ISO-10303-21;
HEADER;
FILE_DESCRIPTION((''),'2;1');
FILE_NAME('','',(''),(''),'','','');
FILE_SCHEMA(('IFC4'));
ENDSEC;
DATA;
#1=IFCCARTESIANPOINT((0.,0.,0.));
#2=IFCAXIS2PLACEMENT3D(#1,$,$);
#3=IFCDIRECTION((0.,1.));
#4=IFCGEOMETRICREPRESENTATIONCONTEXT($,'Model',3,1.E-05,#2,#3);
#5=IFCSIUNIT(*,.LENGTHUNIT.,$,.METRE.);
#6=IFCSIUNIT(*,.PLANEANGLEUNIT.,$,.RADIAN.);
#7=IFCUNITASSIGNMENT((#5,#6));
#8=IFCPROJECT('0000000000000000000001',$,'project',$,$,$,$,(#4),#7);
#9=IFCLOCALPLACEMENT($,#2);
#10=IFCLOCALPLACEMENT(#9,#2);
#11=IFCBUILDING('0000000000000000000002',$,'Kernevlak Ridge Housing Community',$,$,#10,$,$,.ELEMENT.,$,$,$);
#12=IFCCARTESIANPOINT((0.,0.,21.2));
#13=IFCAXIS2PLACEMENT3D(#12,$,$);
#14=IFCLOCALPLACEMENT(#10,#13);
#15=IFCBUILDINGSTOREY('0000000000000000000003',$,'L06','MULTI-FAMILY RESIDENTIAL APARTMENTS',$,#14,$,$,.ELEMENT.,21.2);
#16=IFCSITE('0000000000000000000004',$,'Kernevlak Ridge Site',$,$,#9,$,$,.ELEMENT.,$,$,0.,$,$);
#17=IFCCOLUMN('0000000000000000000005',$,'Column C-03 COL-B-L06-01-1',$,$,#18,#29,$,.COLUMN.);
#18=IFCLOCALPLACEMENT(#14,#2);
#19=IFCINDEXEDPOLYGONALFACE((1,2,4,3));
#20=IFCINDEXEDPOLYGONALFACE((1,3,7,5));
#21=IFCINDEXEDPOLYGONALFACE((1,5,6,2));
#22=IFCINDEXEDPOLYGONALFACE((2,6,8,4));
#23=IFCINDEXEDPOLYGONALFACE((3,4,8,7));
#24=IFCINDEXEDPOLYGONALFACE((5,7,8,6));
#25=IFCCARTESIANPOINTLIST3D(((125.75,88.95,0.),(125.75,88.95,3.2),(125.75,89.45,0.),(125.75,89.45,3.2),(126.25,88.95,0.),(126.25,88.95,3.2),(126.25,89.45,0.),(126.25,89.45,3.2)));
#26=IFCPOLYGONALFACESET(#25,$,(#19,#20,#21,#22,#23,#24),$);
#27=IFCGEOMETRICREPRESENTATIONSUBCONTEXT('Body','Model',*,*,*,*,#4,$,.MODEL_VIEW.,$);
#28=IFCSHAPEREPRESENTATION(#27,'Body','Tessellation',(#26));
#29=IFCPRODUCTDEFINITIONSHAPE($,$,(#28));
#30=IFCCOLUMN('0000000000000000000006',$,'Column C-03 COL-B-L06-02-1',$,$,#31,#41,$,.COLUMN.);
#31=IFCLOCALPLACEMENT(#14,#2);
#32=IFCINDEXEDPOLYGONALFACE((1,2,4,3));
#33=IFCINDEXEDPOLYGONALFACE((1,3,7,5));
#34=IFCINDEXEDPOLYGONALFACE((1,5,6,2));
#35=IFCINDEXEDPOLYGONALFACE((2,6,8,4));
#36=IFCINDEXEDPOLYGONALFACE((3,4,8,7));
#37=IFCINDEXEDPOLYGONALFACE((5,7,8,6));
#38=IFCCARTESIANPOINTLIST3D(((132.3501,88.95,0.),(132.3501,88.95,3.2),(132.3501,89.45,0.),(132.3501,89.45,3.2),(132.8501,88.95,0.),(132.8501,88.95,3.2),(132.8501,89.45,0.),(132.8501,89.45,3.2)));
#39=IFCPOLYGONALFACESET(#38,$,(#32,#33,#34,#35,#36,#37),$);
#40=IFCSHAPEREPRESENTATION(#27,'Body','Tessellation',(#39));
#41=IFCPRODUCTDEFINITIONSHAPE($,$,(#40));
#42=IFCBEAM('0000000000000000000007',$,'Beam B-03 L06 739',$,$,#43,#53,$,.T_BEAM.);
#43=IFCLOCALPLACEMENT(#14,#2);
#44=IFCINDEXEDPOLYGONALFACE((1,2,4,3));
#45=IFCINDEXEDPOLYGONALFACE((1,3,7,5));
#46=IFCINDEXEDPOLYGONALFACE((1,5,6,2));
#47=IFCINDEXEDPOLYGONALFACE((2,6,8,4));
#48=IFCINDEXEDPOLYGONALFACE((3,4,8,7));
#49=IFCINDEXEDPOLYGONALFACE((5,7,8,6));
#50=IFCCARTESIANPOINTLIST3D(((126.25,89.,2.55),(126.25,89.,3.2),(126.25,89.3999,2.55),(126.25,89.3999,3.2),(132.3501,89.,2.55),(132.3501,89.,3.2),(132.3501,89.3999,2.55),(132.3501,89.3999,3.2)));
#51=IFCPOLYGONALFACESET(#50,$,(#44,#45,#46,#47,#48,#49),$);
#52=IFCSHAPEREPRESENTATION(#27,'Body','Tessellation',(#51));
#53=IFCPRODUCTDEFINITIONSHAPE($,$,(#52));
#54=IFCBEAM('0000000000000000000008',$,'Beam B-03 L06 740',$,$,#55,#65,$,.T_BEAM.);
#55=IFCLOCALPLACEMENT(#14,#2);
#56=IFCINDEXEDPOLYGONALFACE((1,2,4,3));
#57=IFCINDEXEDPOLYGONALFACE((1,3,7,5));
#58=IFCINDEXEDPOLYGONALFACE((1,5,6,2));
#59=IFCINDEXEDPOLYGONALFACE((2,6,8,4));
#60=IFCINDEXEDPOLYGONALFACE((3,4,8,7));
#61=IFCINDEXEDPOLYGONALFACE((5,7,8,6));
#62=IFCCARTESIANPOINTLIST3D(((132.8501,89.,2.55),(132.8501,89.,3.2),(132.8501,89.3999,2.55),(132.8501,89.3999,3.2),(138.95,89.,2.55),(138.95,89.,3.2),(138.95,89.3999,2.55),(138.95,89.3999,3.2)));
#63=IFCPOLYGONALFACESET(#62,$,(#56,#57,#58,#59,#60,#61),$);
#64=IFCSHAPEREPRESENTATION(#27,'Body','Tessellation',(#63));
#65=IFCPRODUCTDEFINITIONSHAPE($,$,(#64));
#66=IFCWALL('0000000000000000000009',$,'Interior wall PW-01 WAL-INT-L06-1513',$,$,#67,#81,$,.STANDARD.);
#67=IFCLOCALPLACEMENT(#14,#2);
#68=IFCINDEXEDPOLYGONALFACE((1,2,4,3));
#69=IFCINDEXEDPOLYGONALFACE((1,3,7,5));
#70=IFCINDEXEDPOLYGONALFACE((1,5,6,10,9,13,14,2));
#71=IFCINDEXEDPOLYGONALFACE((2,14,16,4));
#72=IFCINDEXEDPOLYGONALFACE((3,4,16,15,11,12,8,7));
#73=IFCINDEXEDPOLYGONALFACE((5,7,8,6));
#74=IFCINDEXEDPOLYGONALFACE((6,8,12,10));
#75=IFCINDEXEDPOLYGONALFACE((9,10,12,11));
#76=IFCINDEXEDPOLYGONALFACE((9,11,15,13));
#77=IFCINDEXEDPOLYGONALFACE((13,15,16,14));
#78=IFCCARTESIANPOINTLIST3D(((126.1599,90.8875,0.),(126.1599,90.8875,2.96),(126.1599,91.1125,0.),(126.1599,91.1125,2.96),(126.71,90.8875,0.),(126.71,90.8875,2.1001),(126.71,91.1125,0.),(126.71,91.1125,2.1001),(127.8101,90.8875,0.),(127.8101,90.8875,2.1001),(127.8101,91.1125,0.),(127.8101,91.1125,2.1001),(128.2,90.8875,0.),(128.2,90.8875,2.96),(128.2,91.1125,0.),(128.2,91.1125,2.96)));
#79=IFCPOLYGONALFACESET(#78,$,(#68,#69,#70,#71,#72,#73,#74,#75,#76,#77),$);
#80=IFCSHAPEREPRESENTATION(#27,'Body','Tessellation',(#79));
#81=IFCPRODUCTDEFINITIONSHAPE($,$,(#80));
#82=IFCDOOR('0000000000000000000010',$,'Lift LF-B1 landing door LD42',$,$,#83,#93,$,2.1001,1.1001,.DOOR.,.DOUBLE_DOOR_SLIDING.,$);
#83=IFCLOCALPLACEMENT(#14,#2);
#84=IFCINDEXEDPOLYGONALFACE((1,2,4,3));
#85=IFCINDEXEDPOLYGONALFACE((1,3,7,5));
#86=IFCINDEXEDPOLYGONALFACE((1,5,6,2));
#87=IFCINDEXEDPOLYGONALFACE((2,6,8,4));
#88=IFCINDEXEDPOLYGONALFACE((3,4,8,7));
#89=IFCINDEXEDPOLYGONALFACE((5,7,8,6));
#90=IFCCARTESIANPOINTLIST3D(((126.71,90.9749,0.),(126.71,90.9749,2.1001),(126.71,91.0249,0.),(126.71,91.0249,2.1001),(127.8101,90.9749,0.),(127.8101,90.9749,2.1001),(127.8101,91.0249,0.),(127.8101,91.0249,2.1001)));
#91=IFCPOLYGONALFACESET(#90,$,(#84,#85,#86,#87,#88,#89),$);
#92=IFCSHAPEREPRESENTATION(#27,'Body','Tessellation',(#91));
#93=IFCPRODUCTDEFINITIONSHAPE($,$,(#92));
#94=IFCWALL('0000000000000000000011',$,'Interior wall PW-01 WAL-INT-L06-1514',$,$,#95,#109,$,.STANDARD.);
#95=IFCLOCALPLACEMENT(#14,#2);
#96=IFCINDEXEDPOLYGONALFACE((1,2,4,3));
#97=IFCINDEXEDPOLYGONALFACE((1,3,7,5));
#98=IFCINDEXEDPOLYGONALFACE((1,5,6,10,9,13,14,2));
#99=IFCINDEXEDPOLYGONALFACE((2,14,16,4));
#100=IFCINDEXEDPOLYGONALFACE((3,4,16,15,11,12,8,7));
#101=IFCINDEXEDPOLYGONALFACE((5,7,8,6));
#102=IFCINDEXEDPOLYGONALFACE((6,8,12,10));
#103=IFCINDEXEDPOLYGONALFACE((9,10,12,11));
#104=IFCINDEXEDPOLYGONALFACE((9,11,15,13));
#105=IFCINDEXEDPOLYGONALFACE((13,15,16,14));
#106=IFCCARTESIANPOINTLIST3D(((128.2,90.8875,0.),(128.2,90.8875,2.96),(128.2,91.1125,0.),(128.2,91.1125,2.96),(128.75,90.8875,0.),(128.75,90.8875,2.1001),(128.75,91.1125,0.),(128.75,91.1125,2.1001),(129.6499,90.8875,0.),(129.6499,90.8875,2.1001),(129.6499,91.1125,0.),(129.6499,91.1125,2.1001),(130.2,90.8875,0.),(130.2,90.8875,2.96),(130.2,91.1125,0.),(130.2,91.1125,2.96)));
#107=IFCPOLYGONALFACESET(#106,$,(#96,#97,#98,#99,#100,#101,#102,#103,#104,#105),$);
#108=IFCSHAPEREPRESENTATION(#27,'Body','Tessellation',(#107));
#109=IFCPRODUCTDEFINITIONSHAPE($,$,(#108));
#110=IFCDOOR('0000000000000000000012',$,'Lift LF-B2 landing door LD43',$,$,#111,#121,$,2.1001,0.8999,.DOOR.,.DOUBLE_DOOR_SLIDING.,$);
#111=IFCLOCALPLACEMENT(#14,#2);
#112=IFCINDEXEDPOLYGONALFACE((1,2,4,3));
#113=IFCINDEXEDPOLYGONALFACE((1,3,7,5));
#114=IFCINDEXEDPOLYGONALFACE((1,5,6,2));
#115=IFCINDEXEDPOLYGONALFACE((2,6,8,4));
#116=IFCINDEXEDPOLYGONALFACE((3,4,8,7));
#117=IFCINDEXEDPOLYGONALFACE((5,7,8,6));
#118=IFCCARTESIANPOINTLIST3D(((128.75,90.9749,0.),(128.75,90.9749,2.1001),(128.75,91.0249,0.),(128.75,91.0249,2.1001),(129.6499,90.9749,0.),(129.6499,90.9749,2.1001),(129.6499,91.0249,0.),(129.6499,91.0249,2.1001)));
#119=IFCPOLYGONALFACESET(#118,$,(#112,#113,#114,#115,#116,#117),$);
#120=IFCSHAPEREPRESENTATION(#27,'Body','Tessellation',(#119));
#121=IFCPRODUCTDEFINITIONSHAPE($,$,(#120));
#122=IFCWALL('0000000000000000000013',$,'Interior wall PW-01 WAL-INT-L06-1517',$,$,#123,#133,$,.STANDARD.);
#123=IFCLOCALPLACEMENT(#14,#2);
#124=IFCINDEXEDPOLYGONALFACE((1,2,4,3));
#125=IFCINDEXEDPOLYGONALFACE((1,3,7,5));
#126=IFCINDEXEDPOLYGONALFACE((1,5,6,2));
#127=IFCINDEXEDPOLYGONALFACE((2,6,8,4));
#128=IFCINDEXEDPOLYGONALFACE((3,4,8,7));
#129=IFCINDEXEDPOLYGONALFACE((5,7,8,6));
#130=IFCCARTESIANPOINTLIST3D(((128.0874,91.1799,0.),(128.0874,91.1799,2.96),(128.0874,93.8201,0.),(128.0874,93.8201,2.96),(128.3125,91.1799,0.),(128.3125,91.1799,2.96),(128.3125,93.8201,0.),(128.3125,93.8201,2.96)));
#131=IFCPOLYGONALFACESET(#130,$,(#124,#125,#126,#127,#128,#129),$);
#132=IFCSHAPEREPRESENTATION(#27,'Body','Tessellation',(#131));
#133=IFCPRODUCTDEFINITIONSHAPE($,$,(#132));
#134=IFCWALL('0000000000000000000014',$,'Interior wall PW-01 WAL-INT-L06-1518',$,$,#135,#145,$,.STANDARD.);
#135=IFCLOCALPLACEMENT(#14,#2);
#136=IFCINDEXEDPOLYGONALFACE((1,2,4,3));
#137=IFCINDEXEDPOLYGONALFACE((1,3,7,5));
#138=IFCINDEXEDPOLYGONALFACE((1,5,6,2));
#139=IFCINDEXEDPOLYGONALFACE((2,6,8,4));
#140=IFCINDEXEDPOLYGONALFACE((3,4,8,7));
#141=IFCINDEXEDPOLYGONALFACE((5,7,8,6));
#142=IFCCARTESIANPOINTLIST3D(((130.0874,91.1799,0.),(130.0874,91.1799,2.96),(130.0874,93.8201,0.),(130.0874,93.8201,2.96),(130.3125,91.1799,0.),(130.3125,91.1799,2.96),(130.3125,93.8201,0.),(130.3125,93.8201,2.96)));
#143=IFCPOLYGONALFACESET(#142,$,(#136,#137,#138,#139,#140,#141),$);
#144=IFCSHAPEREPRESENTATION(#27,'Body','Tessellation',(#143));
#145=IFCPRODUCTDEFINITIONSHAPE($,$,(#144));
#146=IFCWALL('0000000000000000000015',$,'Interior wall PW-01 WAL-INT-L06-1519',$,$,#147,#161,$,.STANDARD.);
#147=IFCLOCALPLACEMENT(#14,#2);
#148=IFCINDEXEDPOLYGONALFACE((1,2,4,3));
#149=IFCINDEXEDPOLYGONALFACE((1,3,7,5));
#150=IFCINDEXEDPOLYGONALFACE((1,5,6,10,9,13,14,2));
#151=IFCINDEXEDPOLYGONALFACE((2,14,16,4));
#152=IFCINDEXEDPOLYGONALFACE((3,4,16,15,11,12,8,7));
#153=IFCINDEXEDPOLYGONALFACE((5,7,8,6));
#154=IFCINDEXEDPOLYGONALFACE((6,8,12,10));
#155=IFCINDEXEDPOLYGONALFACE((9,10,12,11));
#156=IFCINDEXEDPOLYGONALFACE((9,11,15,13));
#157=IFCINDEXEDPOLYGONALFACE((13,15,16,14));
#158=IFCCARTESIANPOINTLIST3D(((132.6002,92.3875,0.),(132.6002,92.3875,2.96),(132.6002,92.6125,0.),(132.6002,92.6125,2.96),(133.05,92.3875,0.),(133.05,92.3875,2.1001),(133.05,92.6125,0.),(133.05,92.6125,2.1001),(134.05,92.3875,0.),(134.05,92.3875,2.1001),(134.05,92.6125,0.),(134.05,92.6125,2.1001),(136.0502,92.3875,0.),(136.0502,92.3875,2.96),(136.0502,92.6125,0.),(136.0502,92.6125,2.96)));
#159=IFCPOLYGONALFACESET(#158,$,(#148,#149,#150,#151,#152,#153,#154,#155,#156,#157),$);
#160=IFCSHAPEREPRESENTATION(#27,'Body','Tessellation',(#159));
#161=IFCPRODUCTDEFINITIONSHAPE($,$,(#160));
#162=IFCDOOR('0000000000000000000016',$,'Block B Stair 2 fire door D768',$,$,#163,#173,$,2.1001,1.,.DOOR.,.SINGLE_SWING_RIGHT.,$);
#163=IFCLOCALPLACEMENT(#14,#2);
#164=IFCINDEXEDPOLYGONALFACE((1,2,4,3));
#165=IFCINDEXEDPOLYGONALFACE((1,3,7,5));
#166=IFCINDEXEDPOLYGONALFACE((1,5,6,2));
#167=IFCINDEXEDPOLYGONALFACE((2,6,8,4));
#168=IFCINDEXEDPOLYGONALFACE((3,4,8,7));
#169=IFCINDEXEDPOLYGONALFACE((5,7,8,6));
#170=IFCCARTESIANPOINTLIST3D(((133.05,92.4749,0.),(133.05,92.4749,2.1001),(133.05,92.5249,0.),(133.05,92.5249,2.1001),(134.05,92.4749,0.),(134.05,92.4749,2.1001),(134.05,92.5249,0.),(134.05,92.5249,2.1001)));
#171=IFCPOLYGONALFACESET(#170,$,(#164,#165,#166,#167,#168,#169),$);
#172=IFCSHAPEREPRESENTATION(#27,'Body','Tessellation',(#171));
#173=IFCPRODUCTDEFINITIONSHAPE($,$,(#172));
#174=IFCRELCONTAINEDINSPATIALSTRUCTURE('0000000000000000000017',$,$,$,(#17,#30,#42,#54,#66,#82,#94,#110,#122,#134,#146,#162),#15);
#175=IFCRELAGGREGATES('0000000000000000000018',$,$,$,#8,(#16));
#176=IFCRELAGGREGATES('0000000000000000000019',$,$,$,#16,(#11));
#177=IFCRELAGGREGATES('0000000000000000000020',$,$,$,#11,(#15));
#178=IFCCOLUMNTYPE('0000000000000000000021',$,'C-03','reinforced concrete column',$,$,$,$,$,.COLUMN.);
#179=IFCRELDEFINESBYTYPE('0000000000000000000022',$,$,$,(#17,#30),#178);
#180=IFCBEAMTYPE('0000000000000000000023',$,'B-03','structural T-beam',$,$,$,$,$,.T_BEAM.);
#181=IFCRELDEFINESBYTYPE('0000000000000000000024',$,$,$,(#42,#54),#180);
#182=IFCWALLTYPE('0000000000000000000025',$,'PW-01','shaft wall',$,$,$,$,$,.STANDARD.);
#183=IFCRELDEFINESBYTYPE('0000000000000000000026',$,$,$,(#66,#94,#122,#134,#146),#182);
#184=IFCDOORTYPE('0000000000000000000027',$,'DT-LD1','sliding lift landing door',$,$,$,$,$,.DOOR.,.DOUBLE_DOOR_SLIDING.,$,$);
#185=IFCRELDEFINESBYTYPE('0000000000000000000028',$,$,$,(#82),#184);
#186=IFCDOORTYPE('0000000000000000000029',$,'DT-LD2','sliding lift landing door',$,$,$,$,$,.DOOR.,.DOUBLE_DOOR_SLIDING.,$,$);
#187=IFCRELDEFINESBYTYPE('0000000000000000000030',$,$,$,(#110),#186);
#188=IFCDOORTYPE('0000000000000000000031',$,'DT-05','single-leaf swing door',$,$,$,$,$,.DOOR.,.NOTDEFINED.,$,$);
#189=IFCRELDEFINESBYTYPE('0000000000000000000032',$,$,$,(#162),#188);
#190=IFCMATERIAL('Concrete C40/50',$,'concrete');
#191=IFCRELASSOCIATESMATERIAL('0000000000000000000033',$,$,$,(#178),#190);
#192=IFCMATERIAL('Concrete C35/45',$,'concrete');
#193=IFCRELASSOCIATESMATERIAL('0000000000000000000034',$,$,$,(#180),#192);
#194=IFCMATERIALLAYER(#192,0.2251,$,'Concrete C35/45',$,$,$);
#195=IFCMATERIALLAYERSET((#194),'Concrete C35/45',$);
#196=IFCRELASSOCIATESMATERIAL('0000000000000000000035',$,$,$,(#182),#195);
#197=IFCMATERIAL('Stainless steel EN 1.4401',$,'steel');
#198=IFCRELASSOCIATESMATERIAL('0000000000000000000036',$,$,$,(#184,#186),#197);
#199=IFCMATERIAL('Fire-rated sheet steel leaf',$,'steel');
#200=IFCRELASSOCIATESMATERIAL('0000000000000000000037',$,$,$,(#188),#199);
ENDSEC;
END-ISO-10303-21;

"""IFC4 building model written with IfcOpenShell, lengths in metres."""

from ifc_helpers import new_model, si_unit, direction, frame, frame_2d, origin, origin_2d, place, context, subcontext, project, spatial, rectangle, extrude, material, layer, layer_set, material_profile, profile_set, type_object, element, fill, save


model = new_model("IFC4")

# Units and contexts
model_context = context("Model", 3, precision=1e-05, world=origin(), true_north=direction((0.0, 1.0)))
body_context = subcontext(model_context, "Body", "Model", "MODEL_VIEW")
ifc_project = project(units=[si_unit("LENGTHUNIT", "METRE"), si_unit("PLANEANGLEUNIT", "RADIAN")], contexts=[model_context])

# Site, building, storey
site_placement = place(None, origin())
site = spatial("IfcSite", under=ifc_project, at=site_placement, Name="Kernevlak Ridge Site", CompositionType="ELEMENT", RefElevation=0.0)
building_placement = place(site_placement, origin())
building = spatial("IfcBuilding", under=site, at=building_placement, Name="Kernevlak Ridge Housing Community", CompositionType="ELEMENT")
storey_placement = place(building_placement, frame((0.0, 0.0, 21.2)))
storey = spatial("IfcBuildingStorey", under=building, at=storey_placement, Name="L06", Description="MULTI-FAMILY RESIDENTIAL APARTMENTS", CompositionType="ELEMENT", Elevation=21.2)

# Columns
ifc_material_1 = material(Name="Concrete C40/50", Category="concrete")
ifc_material_profile_1 = material_profile(ifc_material_1, rectangle(XDim=0.5, YDim=0.5, at=origin_2d()), Name="RC 500x500")
ifc_profile_set_1 = profile_set([ifc_material_profile_1], Name="Concrete C40/50")
column_type = type_object("IfcColumnType", Name="C-03", Description="reinforced concrete column", PredefinedType="COLUMN", material=ifc_profile_set_1)
for number, where, z_axis, x_axis, name in (
    (1, (126.0, 89.2, 0.0), (0.0, 0.0, 1.0), (1.0, 0.0, 0.0), "Column C-03 COL-B-L06-01-1"),
    (2, (132.6001, 89.2, 0.0), (0.0, 0.0, 1.0), (1.0, 0.0, 0.0), "Column C-03 COL-B-L06-02-1"),
):
    element("IfcColumn", number, at=place(storey_placement, frame(where, z_axis=z_axis, x_axis=x_axis)), inside=storey, type_object=column_type, Name=name, PredefinedType="COLUMN", context=body_context, shape_type="SweptSolid", body=[
        extrude(rectangle(XDim=0.5, YDim=0.5, at=origin_2d()), origin(), (0.0, 0.0, 1.0), 3.2),
    ])

# Beams
ifc_material_2 = material(Name="Concrete C35/45", Category="concrete")
ifc_material_profile_2 = material_profile(ifc_material_2, rectangle(XDim=0.3999, YDim=0.6499, at=origin_2d()), Name="RC 400x650")
ifc_profile_set_2 = profile_set([ifc_material_profile_2], Name="Concrete C35/45")
beam_type = type_object("IfcBeamType", Name="B-03", Description="structural T-beam", PredefinedType="T_BEAM", material=ifc_profile_set_2)
beam_1_placement = place(storey_placement, frame((126.25, 89.2, 2.875), z_axis=(1.0, 0.0, 0.0), x_axis=(0.0, 1.0, 0.0)))
element("IfcBeam", 3, at=beam_1_placement, inside=storey, type_object=beam_type, Name="Beam B-03 L06 739", PredefinedType="T_BEAM", context=body_context, shape_type="SweptSolid", body=[
    extrude(rectangle(XDim=0.3999, YDim=0.6499, at=origin_2d()), origin(), (0.0, 0.0, 1.0), 6.1001),
])
beam_2_placement = place(storey_placement, frame((132.8501, 89.2, 2.875), z_axis=(1.0, 0.0, 0.0), x_axis=(0.0, 1.0, 0.0)))
element("IfcBeam", 4, at=beam_2_placement, inside=storey, type_object=beam_type, Name="Beam B-03 L06 740", PredefinedType="T_BEAM", context=body_context, shape_type="SweptSolid", body=[
    extrude(rectangle(XDim=0.3999, YDim=0.6499, at=origin_2d()), origin(), (0.0, 0.0, 1.0), 6.0999),
])

# Walls, openings, doors
ifc_layer_1 = layer(ifc_material_2, 0.2251, Name="Concrete C35/45")
ifc_layer_set_1 = layer_set([ifc_layer_1], Name="Concrete C35/45")
wall_type_1 = type_object("IfcWallType", Name="PW-01", Description="shaft wall", PredefinedType="STANDARD", material=ifc_layer_set_1)
wall_1_placement = place(storey_placement, frame((126.1599, 91.0, 0.0), z_axis=(0.0, 0.0, 1.0), x_axis=(1.0, 0.0, 0.0)))
wall_1 = element("IfcWall", 5, at=wall_1_placement, inside=storey, type_object=wall_type_1, Name="Interior wall PW-01 WAL-INT-L06-1513", PredefinedType="STANDARD", context=body_context, shape_type="SweptSolid", body=[
    extrude(rectangle(XDim=2.04, YDim=0.2251, at=frame_2d((1.02, 0.0))), origin(), (0.0, 0.0, 1.0), 2.96),
])
opening_1_placement = place(wall_1_placement, frame((0.55, 0.0, 0.0)))
opening_1 = element("IfcOpeningElement", 6, at=opening_1_placement, cuts=wall_1, PredefinedType="OPENING", context=body_context, shape_type="SweptSolid", body=[
    extrude(rectangle(XDim=1.1001, YDim=2.1001, at=frame_2d((0.55, 1.05))), frame((0.0, 0.1226, 0.0), z_axis=(0.0, -1.0, 0.0), x_axis=(1.0, 0.0, 0.0)), (0.0, 0.0, 1.0), 0.2451),
])
ifc_material_3 = material(Name="Stainless steel EN 1.4401", Category="steel")
door_type_1 = type_object("IfcDoorType", Name="DT-LD1", Description="sliding lift landing door", OperationType="DOUBLE_DOOR_SLIDING", PredefinedType="DOOR", material=ifc_material_3)
door_1_placement = place(opening_1_placement, origin())
door_1 = element("IfcDoor", 7, at=door_1_placement, inside=storey, type_object=door_type_1, Name="Lift LF-B1 landing door LD42", OperationType="DOUBLE_DOOR_SLIDING", OverallHeight=2.1001, OverallWidth=1.1001, PredefinedType="DOOR", context=body_context, shape_type="SweptSolid", body=[
    extrude(rectangle(XDim=1.1001, YDim=2.1001, at=frame_2d((0.55, 1.05))), frame((0.0, 0.0249, 0.0), z_axis=(0.0, -1.0, 0.0), x_axis=(1.0, 0.0, 0.0)), (0.0, 0.0, 1.0), 0.05),
])
fill(opening_1, door_1)
wall_2_placement = place(storey_placement, frame((128.2, 91.0, 0.0), z_axis=(0.0, 0.0, 1.0), x_axis=(1.0, 0.0, 0.0)))
wall_2 = element("IfcWall", 8, at=wall_2_placement, inside=storey, type_object=wall_type_1, Name="Interior wall PW-01 WAL-INT-L06-1514", PredefinedType="STANDARD", context=body_context, shape_type="SweptSolid", body=[
    extrude(rectangle(XDim=2.0, YDim=0.2251, at=frame_2d((1.0, 0.0))), origin(), (0.0, 0.0, 1.0), 2.96),
])
opening_2_placement = place(wall_2_placement, frame((0.55, 0.0, 0.0)))
opening_2 = element("IfcOpeningElement", 9, at=opening_2_placement, cuts=wall_2, PredefinedType="OPENING", context=body_context, shape_type="SweptSolid", body=[
    extrude(rectangle(XDim=0.8999, YDim=2.1001, at=frame_2d((0.45, 1.05))), frame((0.0, 0.1226, 0.0), z_axis=(0.0, -1.0, 0.0), x_axis=(1.0, 0.0, 0.0)), (0.0, 0.0, 1.0), 0.2451),
])
door_type_2 = type_object("IfcDoorType", Name="DT-LD2", Description="sliding lift landing door", OperationType="DOUBLE_DOOR_SLIDING", PredefinedType="DOOR", material=ifc_material_3)
door_2_placement = place(opening_2_placement, origin())
door_2 = element("IfcDoor", 10, at=door_2_placement, inside=storey, type_object=door_type_2, Name="Lift LF-B2 landing door LD43", OperationType="DOUBLE_DOOR_SLIDING", OverallHeight=2.1001, OverallWidth=0.8999, PredefinedType="DOOR", context=body_context, shape_type="SweptSolid", body=[
    extrude(rectangle(XDim=0.8999, YDim=2.1001, at=frame_2d((0.45, 1.05))), frame((0.0, 0.0249, 0.0), z_axis=(0.0, -1.0, 0.0), x_axis=(1.0, 0.0, 0.0)), (0.0, 0.0, 1.0), 0.05),
])
fill(opening_2, door_2)

# Walls
for number, where, z_axis, x_axis, name in (
    (11, (128.2, 91.1799, 0.0), (0.0, 0.0, 1.0), (0.0, 1.0, 0.0), "Interior wall PW-01 WAL-INT-L06-1517"),
    (12, (130.2, 91.1799, 0.0), (0.0, 0.0, 1.0), (0.0, 1.0, 0.0), "Interior wall PW-01 WAL-INT-L06-1518"),
):
    element("IfcWall", number, at=place(storey_placement, frame(where, z_axis=z_axis, x_axis=x_axis)), inside=storey, type_object=wall_type_1, Name=name, PredefinedType="STANDARD", context=body_context, shape_type="SweptSolid", body=[
        extrude(rectangle(XDim=2.6401, YDim=0.2251, at=frame_2d((1.3201, 0.0))), origin(), (0.0, 0.0, 1.0), 2.96),
    ])

# Wall, opening, door
wall_3_placement = place(storey_placement, frame((132.6001, 92.5, 0.0), z_axis=(0.0, 0.0, 1.0), x_axis=(1.0, 0.0, 0.0)))
wall_3 = element("IfcWall", 13, at=wall_3_placement, inside=storey, type_object=wall_type_1, Name="Interior wall PW-01 WAL-INT-L06-1519", PredefinedType="STANDARD", context=body_context, shape_type="SweptSolid", body=[
    extrude(rectangle(XDim=3.45, YDim=0.2251, at=frame_2d((1.7251, 0.0))), origin(), (0.0, 0.0, 1.0), 2.96),
])
opening_3_placement = place(wall_3_placement, frame((0.45, 0.0, 0.0)))
opening_3 = element("IfcOpeningElement", 14, at=opening_3_placement, cuts=wall_3, PredefinedType="OPENING", context=body_context, shape_type="SweptSolid", body=[
    extrude(rectangle(XDim=1.0, YDim=2.1001, at=frame_2d((0.5, 1.05))), frame((0.0, 0.1226, 0.0), z_axis=(0.0, -1.0, 0.0), x_axis=(1.0, 0.0, 0.0)), (0.0, 0.0, 1.0), 0.2451),
])
ifc_material_4 = material(Name="Fire-rated sheet steel leaf", Category="steel")
door_type_3 = type_object("IfcDoorType", Name="DT-05", Description="single-leaf swing door", OperationType="NOTDEFINED", PredefinedType="DOOR", material=ifc_material_4)
door_3_placement = place(opening_3_placement, origin())
door_3 = element("IfcDoor", 15, at=door_3_placement, inside=storey, type_object=door_type_3, Name="Block B Stair 2 fire door D768", OperationType="SINGLE_SWING_RIGHT", OverallHeight=2.1001, OverallWidth=1.0, PredefinedType="DOOR", context=body_context, shape_type="SweptSolid", body=[
    extrude(rectangle(XDim=1.0, YDim=2.1001, at=frame_2d((0.5, 1.05))), frame((0.0, 0.0249, 0.0), z_axis=(0.0, -1.0, 0.0), x_axis=(1.0, 0.0, 0.0)), (0.0, 0.0, 1.0), 0.05),
])
fill(opening_3, door_3)

save(model, "model.ifc")
